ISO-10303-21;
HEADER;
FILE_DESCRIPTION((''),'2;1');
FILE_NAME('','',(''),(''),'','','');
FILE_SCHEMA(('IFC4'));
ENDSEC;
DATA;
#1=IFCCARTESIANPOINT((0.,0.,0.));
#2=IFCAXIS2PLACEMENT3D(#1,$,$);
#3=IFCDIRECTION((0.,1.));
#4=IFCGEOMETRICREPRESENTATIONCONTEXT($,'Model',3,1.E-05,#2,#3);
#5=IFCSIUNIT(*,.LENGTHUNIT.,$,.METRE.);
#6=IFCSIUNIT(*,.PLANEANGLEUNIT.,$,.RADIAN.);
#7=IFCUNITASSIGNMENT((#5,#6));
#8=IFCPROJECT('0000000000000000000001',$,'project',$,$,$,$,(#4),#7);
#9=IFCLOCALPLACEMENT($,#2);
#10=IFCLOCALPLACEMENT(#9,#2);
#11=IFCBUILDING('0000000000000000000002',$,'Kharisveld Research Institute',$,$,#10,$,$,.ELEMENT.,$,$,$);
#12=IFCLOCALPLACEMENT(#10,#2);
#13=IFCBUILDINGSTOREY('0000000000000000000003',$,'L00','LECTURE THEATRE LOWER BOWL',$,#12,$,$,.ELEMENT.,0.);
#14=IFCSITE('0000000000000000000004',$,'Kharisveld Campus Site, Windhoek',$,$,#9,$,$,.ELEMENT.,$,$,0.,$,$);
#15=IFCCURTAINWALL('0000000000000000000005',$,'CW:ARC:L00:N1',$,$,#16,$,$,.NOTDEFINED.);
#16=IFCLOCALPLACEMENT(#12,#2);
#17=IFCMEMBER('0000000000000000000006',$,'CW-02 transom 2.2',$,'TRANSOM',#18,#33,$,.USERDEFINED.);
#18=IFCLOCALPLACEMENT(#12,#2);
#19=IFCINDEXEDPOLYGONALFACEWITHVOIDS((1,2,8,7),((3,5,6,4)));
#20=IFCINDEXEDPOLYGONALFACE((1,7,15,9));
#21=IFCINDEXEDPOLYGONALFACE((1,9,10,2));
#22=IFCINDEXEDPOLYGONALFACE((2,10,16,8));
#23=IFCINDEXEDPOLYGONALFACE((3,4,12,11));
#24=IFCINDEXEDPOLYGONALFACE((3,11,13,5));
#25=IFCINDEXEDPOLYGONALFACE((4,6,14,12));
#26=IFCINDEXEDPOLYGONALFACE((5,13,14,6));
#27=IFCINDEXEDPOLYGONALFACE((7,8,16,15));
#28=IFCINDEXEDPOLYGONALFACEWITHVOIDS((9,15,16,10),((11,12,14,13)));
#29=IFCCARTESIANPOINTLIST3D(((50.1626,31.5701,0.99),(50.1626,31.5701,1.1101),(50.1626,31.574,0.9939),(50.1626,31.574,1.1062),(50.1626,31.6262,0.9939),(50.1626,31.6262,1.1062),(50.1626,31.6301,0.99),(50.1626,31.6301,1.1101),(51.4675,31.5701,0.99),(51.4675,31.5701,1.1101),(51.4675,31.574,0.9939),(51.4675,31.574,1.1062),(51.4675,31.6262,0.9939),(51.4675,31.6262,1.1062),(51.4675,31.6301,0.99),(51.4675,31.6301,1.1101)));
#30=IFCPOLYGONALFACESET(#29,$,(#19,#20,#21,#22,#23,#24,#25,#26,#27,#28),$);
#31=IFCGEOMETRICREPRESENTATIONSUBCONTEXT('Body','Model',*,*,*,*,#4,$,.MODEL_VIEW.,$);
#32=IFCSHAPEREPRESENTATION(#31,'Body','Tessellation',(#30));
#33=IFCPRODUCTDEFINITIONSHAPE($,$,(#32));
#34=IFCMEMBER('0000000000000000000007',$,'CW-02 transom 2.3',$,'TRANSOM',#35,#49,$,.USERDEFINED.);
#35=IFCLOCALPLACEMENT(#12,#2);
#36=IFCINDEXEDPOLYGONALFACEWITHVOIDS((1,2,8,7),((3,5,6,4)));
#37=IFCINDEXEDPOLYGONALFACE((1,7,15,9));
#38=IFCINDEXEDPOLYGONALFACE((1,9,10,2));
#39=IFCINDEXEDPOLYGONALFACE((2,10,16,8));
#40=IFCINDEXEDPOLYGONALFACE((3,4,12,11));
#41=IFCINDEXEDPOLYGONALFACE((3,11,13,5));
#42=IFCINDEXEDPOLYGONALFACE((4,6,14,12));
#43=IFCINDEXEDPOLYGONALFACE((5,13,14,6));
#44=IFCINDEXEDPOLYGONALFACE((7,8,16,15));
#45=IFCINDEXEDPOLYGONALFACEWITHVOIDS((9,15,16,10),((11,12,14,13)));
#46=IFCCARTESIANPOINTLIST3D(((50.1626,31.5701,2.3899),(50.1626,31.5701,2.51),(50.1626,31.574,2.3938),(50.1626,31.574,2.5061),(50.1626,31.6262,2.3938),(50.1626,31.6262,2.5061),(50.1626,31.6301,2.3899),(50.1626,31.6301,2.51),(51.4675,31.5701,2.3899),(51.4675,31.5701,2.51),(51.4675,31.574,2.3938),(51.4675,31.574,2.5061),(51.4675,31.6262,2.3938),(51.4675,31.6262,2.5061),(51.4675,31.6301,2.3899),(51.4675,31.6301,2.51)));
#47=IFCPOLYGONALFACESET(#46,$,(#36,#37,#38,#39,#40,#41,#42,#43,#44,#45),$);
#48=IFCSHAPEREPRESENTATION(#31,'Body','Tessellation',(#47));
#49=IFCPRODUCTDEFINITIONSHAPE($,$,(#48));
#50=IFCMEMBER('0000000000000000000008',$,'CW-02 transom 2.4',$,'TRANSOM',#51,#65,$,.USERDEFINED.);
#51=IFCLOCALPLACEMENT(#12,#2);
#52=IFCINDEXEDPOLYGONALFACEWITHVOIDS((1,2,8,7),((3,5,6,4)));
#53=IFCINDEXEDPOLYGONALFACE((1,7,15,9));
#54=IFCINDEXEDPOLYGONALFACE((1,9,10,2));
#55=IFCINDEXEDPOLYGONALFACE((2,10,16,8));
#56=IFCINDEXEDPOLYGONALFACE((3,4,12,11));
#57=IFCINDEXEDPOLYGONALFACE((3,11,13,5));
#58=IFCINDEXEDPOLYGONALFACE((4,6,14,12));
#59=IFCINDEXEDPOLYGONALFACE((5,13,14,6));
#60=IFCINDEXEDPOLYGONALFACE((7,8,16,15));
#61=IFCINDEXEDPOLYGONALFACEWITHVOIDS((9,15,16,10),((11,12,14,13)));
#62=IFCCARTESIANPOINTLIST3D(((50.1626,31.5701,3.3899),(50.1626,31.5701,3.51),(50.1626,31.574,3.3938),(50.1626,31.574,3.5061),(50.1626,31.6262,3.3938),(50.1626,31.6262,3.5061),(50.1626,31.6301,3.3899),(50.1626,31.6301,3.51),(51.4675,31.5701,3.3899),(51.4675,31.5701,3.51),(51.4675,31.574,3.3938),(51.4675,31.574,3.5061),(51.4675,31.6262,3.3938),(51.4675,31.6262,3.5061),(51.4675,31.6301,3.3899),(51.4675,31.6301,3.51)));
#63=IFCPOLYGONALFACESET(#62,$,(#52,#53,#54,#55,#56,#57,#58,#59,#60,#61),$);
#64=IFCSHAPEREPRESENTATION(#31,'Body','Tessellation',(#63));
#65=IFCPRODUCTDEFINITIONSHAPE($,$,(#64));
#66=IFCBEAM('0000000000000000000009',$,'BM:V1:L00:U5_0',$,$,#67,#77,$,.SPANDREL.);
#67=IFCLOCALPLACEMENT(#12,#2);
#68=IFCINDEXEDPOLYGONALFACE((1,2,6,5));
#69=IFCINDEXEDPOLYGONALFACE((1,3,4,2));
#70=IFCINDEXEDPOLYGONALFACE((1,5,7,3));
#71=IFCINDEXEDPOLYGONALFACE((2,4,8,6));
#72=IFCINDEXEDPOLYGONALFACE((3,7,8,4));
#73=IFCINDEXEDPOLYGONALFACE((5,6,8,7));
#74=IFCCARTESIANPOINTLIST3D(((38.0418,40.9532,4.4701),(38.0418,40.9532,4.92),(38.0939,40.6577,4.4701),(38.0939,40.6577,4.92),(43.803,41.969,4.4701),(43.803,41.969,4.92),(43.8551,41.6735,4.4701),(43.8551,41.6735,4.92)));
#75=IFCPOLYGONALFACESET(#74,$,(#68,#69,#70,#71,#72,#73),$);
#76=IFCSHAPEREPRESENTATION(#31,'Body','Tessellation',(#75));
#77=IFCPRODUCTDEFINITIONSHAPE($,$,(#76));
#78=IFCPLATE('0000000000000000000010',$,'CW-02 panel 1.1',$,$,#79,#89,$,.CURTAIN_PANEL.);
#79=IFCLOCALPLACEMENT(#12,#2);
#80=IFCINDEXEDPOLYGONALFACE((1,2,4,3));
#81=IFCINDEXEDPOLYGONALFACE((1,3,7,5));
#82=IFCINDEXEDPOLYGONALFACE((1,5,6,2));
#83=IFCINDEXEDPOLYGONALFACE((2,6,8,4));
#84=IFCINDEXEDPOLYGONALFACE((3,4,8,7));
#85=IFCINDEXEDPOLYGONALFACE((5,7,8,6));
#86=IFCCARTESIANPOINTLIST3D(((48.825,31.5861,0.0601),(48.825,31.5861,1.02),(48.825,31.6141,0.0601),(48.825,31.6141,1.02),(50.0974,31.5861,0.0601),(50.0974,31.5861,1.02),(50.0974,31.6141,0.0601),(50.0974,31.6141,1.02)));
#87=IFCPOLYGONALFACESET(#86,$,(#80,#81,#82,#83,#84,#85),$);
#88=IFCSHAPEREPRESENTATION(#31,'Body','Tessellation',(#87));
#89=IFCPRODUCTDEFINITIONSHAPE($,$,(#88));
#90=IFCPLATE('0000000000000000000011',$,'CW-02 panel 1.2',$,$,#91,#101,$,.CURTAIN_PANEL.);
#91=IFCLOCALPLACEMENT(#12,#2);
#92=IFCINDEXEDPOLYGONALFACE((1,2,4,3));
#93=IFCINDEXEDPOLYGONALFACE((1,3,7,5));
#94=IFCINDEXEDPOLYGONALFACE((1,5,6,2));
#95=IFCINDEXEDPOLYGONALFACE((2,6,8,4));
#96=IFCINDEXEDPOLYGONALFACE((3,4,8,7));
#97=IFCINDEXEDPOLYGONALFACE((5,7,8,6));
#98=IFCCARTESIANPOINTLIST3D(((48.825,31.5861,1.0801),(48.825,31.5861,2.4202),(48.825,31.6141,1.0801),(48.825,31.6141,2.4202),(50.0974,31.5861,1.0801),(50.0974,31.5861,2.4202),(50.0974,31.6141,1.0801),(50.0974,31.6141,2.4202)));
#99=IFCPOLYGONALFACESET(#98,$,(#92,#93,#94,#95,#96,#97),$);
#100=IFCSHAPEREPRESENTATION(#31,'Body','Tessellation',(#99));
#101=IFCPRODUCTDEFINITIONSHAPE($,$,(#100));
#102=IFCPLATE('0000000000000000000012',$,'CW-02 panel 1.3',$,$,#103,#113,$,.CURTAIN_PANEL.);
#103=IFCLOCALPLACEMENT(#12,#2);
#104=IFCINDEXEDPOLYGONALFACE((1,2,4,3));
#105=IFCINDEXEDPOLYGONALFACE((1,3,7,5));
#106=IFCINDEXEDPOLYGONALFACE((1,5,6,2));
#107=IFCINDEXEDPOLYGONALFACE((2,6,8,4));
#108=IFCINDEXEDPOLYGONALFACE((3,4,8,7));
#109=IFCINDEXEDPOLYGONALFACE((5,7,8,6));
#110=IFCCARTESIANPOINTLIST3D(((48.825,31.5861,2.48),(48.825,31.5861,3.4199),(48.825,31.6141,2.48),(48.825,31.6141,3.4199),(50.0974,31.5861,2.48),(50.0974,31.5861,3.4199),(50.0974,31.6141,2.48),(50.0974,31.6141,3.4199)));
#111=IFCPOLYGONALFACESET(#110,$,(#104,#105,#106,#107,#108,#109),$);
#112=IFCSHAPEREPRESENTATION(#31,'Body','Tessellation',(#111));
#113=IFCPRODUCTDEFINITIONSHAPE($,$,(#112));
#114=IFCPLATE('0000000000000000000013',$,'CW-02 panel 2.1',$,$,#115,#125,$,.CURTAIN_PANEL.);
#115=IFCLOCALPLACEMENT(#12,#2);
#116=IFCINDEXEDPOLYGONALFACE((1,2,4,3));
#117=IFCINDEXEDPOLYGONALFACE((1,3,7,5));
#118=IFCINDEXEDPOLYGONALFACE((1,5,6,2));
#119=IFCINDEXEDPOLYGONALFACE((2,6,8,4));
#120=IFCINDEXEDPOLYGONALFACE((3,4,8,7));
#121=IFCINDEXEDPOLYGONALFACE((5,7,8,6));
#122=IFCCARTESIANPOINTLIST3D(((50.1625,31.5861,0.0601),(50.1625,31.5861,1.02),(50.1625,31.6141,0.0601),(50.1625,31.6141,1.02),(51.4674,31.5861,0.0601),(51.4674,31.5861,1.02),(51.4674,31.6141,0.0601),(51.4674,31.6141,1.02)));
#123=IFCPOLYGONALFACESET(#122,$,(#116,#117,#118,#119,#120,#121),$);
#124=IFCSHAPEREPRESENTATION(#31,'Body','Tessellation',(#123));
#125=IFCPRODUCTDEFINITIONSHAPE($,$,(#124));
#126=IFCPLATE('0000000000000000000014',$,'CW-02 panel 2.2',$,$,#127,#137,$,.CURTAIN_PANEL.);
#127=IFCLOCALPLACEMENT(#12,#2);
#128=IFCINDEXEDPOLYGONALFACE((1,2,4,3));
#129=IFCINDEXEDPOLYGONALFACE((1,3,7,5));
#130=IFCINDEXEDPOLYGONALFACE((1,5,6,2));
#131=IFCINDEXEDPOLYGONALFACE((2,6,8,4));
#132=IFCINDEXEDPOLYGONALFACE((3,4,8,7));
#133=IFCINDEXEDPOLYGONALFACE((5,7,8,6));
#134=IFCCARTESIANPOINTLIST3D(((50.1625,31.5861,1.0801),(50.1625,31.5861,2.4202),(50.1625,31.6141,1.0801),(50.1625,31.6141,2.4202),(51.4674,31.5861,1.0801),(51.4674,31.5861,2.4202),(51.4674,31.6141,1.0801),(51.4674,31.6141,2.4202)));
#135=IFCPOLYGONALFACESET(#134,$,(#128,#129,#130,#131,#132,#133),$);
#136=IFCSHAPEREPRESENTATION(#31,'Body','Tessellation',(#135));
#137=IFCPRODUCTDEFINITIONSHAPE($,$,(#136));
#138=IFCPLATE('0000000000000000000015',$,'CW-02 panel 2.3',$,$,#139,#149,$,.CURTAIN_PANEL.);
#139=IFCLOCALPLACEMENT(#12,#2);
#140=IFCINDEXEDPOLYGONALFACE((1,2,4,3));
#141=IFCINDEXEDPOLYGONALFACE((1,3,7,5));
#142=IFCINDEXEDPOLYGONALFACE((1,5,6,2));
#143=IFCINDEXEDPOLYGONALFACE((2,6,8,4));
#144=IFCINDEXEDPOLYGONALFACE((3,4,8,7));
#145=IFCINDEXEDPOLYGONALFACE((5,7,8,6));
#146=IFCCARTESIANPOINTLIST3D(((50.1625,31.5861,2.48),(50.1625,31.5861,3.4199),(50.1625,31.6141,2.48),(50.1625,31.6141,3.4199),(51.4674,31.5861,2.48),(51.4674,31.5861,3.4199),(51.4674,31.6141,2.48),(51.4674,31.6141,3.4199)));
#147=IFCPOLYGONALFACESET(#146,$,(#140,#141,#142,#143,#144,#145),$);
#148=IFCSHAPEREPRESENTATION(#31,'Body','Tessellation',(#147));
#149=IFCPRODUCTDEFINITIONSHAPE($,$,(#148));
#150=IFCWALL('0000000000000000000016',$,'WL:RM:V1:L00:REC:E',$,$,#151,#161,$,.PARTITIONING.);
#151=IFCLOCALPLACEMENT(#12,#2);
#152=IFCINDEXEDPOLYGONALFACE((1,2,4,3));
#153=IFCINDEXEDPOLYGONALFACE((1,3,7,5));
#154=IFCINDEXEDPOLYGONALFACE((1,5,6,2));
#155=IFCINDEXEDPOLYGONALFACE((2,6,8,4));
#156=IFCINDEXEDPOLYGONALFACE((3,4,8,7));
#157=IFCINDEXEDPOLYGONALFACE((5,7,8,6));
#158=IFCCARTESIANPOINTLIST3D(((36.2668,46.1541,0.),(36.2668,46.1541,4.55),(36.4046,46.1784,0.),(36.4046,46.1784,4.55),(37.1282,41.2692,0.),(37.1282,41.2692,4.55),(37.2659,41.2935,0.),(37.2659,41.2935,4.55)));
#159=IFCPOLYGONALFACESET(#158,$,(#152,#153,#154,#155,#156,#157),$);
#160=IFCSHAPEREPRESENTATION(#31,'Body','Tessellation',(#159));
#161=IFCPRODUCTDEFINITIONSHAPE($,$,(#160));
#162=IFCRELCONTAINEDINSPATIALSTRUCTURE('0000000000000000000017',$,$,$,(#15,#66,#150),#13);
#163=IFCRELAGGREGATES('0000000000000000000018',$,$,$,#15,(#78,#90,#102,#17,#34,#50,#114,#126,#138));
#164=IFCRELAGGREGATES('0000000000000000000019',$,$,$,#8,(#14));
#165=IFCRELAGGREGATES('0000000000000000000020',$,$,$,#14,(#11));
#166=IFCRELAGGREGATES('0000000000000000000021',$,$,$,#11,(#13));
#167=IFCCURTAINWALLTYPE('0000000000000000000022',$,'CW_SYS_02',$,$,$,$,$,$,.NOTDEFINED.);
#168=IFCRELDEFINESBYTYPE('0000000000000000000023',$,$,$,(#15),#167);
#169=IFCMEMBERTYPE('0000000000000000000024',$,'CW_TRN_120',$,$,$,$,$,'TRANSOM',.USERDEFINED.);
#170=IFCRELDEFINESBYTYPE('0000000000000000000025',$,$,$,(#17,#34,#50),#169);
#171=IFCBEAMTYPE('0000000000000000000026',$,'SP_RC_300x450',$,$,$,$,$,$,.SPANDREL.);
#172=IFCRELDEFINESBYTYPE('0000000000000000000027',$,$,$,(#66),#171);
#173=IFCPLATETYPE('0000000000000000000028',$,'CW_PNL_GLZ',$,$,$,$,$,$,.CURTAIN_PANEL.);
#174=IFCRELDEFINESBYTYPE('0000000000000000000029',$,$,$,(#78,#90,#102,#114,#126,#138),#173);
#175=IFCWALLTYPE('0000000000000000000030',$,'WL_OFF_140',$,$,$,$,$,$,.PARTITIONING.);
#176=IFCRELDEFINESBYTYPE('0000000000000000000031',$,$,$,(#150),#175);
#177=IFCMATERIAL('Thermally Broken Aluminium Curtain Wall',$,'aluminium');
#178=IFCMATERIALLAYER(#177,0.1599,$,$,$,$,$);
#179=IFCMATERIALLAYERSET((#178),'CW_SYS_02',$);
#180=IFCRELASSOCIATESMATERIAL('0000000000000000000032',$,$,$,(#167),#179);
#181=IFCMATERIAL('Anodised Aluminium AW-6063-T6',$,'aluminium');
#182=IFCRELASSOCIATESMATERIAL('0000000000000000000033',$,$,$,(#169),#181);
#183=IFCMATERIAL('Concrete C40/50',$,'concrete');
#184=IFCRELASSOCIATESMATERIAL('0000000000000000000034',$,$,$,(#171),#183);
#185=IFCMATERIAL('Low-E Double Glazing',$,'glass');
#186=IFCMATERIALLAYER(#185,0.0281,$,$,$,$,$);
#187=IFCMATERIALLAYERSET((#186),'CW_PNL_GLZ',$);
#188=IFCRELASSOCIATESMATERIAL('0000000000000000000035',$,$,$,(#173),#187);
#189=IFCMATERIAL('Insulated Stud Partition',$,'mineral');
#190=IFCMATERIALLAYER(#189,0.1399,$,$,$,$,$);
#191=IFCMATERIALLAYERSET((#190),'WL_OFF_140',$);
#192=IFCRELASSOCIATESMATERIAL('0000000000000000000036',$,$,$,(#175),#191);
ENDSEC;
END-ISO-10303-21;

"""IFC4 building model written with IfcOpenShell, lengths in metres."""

from ifc_helpers import new_model, si_unit, direction, frame, frame_2d, origin, origin_2d, place, context, subcontext, project, spatial, rectangle, hollow_rectangle, extrude, material, layer, layer_set, material_profile, profile_set, type_object, element, aggregate, save


model = new_model("IFC4")

# Units and contexts
model_context = context("Model", 3, precision=1e-05, world=origin(), true_north=direction((0.0, 1.0)))
body_context = subcontext(model_context, "Body", "Model", "MODEL_VIEW")
ifc_project = project(units=[si_unit("LENGTHUNIT", "METRE"), si_unit("PLANEANGLEUNIT", "RADIAN")], contexts=[model_context])

# Site, building, storey
site_placement = place(None, origin())
site = spatial("IfcSite", under=ifc_project, at=site_placement, Name="Kharisveld Campus Site, Windhoek", CompositionType="ELEMENT", RefElevation=0.0)
building_placement = place(site_placement, origin())
building = spatial("IfcBuilding", under=site, at=building_placement, Name="Kharisveld Research Institute", CompositionType="ELEMENT")
storey_placement = place(building_placement, origin())
storey = spatial("IfcBuildingStorey", under=building, at=storey_placement, Name="L00", Description="LECTURE THEATRE LOWER BOWL", CompositionType="ELEMENT", Elevation=0.0)

# Curtain wall, members
ifc_material_1 = material(Name="Thermally Broken Aluminium Curtain Wall", Category="aluminium")
ifc_layer_1 = layer(ifc_material_1, 0.1599)
ifc_layer_set_1 = layer_set([ifc_layer_1], Name="CW_SYS_02")
curtain_wall_type = type_object("IfcCurtainWallType", Name="CW_SYS_02", PredefinedType="NOTDEFINED", material=ifc_layer_set_1)
curtain_wall_placement = place(storey_placement, origin())
curtain_wall = element("IfcCurtainWall", 1, at=curtain_wall_placement, inside=storey, type_object=curtain_wall_type, Name="CW:ARC:L00:N1", PredefinedType="NOTDEFINED")
ifc_material_2 = material(Name="Anodised Aluminium AW-6063-T6", Category="aluminium")
ifc_material_profile_1 = material_profile(ifc_material_2, hollow_rectangle(XDim=0.0601, YDim=0.1201, WallThickness=0.0039, at=origin_2d()))
ifc_profile_set_1 = profile_set([ifc_material_profile_1], Name="Anodised Aluminium AW-6063-T6")
member_type_1 = type_object("IfcMemberType", Name="CW_TRN_120", ElementType="TRANSOM", PredefinedType="USERDEFINED", material=ifc_profile_set_1)
member_1_placement = place(storey_placement, frame((50.1626, 31.6001, 1.05), z_axis=(1.0, 0.0, 0.0), x_axis=(0.0, 1.0, 0.0)))
member_1 = element("IfcMember", 2, at=member_1_placement, type_object=member_type_1, Name="CW-02 transom 2.2", ObjectType="TRANSOM", PredefinedType="USERDEFINED", context=body_context, shape_type="SweptSolid", body=[
    extrude(hollow_rectangle(XDim=0.0601, YDim=0.1201, WallThickness=0.0039, at=origin_2d()), origin(), (0.0, 0.0, 1.0), 1.3049),
])
member_2_placement = place(storey_placement, frame((50.1626, 31.6001, 2.45), z_axis=(1.0, 0.0, 0.0), x_axis=(0.0, 1.0, 0.0)))
member_2 = element("IfcMember", 3, at=member_2_placement, type_object=member_type_1, Name="CW-02 transom 2.3", ObjectType="TRANSOM", PredefinedType="USERDEFINED", context=body_context, shape_type="SweptSolid", body=[
    extrude(hollow_rectangle(XDim=0.0601, YDim=0.1201, WallThickness=0.0039, at=origin_2d()), origin(), (0.0, 0.0, 1.0), 1.3049),
])
member_3_placement = place(storey_placement, frame((50.1626, 31.6001, 3.45), z_axis=(1.0, 0.0, 0.0), x_axis=(0.0, 1.0, 0.0)))
member_3 = element("IfcMember", 4, at=member_3_placement, type_object=member_type_1, Name="CW-02 transom 2.4", ObjectType="TRANSOM", PredefinedType="USERDEFINED", context=body_context, shape_type="SweptSolid", body=[
    extrude(hollow_rectangle(XDim=0.0601, YDim=0.1201, WallThickness=0.0039, at=origin_2d()), origin(), (0.0, 0.0, 1.0), 1.3049),
])

# Beam
ifc_material_3 = material(Name="Concrete C40/50", Category="concrete")
ifc_material_profile_2 = material_profile(ifc_material_3, rectangle(XDim=0.3, YDim=0.45, at=origin_2d()))
ifc_profile_set_2 = profile_set([ifc_material_profile_2], Name="Concrete C40/50")
beam_type_1 = type_object("IfcBeamType", Name="SP_RC_300x450", PredefinedType="SPANDREL", material=ifc_profile_set_2)
beam_1_placement = place(storey_placement, frame((38.0679, 40.8054, 4.6951), z_axis=(0.984807, 0.17365, 0.0), x_axis=(-0.17365, 0.984807, 0.0)))
element("IfcBeam", 5, at=beam_1_placement, inside=storey, type_object=beam_type_1, Name="BM:V1:L00:U5_0", PredefinedType="SPANDREL", context=body_context, shape_type="SweptSolid", body=[
    extrude(rectangle(XDim=0.3, YDim=0.45, at=origin_2d()), origin(), (0.0, 0.0, 1.0), 5.8501),
])

# Plates
ifc_material_4 = material(Name="Low-E Double Glazing", Category="glass")
ifc_layer_2 = layer(ifc_material_4, 0.0281)
ifc_layer_set_2 = layer_set([ifc_layer_2], Name="CW_PNL_GLZ")
plate_type = type_object("IfcPlateType", Name="CW_PNL_GLZ", PredefinedType="CURTAIN_PANEL", material=ifc_layer_set_2)
plate_1_placement = place(storey_placement, frame((49.4612, 31.6001, 0.0601), z_axis=(0.0, 0.0, 1.0), x_axis=(1.0, 0.0, 0.0)))
plate_1 = element("IfcPlate", 6, at=plate_1_placement, type_object=plate_type, Name="CW-02 panel 1.1", PredefinedType="CURTAIN_PANEL", context=body_context, shape_type="SweptSolid", body=[
    extrude(rectangle(XDim=1.2725, YDim=0.0281, at=origin_2d()), origin(), (0.0, 0.0, 1.0), 0.96),
])
plate_2_placement = place(storey_placement, frame((49.4612, 31.6001, 1.0801), z_axis=(0.0, 0.0, 1.0), x_axis=(1.0, 0.0, 0.0)))
plate_2 = element("IfcPlate", 7, at=plate_2_placement, type_object=plate_type, Name="CW-02 panel 1.2", PredefinedType="CURTAIN_PANEL", context=body_context, shape_type="SweptSolid", body=[
    extrude(rectangle(XDim=1.2725, YDim=0.0281, at=origin_2d()), origin(), (0.0, 0.0, 1.0), 1.3401),
])
plate_3_placement = place(storey_placement, frame((49.4612, 31.6001, 2.48), z_axis=(0.0, 0.0, 1.0), x_axis=(1.0, 0.0, 0.0)))
plate_3 = element("IfcPlate", 8, at=plate_3_placement, type_object=plate_type, Name="CW-02 panel 1.3", PredefinedType="CURTAIN_PANEL", context=body_context, shape_type="SweptSolid", body=[
    extrude(rectangle(XDim=1.2725, YDim=0.0281, at=origin_2d()), origin(), (0.0, 0.0, 1.0), 0.9399),
])
plate_4_placement = place(storey_placement, frame((50.8149, 31.6001, 0.0601), z_axis=(0.0, 0.0, 1.0), x_axis=(1.0, 0.0, 0.0)))
plate_4 = element("IfcPlate", 9, at=plate_4_placement, type_object=plate_type, Name="CW-02 panel 2.1", PredefinedType="CURTAIN_PANEL", context=body_context, shape_type="SweptSolid", body=[
    extrude(rectangle(XDim=1.3049, YDim=0.0281, at=origin_2d()), origin(), (0.0, 0.0, 1.0), 0.96),
])
plate_5_placement = place(storey_placement, frame((50.8149, 31.6001, 1.0801), z_axis=(0.0, 0.0, 1.0), x_axis=(1.0, 0.0, 0.0)))
plate_5 = element("IfcPlate", 10, at=plate_5_placement, type_object=plate_type, Name="CW-02 panel 2.2", PredefinedType="CURTAIN_PANEL", context=body_context, shape_type="SweptSolid", body=[
    extrude(rectangle(XDim=1.3049, YDim=0.0281, at=origin_2d()), origin(), (0.0, 0.0, 1.0), 1.3401),
])
plate_6_placement = place(storey_placement, frame((50.8149, 31.6001, 2.48), z_axis=(0.0, 0.0, 1.0), x_axis=(1.0, 0.0, 0.0)))
plate_6 = element("IfcPlate", 11, at=plate_6_placement, type_object=plate_type, Name="CW-02 panel 2.3", PredefinedType="CURTAIN_PANEL", context=body_context, shape_type="SweptSolid", body=[
    extrude(rectangle(XDim=1.3049, YDim=0.0281, at=origin_2d()), origin(), (0.0, 0.0, 1.0), 0.9399),
])
aggregate(curtain_wall, [plate_1, plate_2, plate_3, member_1, member_2, member_3, plate_4, plate_5, plate_6])

# Wall
ifc_material_5 = material(Name="Insulated Stud Partition", Category="mineral")
ifc_layer_3 = layer(ifc_material_5, 0.1399)
ifc_layer_set_3 = layer_set([ifc_layer_3], Name="WL_OFF_140")
wall_type_1 = type_object("IfcWallType", Name="WL_OFF_140", PredefinedType="PARTITIONING", material=ifc_layer_set_3)
wall_1_placement = place(storey_placement, frame((37.197, 41.2815, 0.0), z_axis=(0.0, 0.0, 1.0), x_axis=(-0.173651, 0.984807, 0.0)))
element("IfcWall", 12, at=wall_1_placement, inside=storey, type_object=wall_type_1, Name="WL:RM:V1:L00:REC:E", PredefinedType="PARTITIONING", context=body_context, shape_type="SweptSolid", body=[
    extrude(rectangle(XDim=4.9602, YDim=0.1399, at=frame_2d((2.48, 0.0))), origin(), (0.0, 0.0, 1.0), 4.55),
])

save(model, "model.ifc")
